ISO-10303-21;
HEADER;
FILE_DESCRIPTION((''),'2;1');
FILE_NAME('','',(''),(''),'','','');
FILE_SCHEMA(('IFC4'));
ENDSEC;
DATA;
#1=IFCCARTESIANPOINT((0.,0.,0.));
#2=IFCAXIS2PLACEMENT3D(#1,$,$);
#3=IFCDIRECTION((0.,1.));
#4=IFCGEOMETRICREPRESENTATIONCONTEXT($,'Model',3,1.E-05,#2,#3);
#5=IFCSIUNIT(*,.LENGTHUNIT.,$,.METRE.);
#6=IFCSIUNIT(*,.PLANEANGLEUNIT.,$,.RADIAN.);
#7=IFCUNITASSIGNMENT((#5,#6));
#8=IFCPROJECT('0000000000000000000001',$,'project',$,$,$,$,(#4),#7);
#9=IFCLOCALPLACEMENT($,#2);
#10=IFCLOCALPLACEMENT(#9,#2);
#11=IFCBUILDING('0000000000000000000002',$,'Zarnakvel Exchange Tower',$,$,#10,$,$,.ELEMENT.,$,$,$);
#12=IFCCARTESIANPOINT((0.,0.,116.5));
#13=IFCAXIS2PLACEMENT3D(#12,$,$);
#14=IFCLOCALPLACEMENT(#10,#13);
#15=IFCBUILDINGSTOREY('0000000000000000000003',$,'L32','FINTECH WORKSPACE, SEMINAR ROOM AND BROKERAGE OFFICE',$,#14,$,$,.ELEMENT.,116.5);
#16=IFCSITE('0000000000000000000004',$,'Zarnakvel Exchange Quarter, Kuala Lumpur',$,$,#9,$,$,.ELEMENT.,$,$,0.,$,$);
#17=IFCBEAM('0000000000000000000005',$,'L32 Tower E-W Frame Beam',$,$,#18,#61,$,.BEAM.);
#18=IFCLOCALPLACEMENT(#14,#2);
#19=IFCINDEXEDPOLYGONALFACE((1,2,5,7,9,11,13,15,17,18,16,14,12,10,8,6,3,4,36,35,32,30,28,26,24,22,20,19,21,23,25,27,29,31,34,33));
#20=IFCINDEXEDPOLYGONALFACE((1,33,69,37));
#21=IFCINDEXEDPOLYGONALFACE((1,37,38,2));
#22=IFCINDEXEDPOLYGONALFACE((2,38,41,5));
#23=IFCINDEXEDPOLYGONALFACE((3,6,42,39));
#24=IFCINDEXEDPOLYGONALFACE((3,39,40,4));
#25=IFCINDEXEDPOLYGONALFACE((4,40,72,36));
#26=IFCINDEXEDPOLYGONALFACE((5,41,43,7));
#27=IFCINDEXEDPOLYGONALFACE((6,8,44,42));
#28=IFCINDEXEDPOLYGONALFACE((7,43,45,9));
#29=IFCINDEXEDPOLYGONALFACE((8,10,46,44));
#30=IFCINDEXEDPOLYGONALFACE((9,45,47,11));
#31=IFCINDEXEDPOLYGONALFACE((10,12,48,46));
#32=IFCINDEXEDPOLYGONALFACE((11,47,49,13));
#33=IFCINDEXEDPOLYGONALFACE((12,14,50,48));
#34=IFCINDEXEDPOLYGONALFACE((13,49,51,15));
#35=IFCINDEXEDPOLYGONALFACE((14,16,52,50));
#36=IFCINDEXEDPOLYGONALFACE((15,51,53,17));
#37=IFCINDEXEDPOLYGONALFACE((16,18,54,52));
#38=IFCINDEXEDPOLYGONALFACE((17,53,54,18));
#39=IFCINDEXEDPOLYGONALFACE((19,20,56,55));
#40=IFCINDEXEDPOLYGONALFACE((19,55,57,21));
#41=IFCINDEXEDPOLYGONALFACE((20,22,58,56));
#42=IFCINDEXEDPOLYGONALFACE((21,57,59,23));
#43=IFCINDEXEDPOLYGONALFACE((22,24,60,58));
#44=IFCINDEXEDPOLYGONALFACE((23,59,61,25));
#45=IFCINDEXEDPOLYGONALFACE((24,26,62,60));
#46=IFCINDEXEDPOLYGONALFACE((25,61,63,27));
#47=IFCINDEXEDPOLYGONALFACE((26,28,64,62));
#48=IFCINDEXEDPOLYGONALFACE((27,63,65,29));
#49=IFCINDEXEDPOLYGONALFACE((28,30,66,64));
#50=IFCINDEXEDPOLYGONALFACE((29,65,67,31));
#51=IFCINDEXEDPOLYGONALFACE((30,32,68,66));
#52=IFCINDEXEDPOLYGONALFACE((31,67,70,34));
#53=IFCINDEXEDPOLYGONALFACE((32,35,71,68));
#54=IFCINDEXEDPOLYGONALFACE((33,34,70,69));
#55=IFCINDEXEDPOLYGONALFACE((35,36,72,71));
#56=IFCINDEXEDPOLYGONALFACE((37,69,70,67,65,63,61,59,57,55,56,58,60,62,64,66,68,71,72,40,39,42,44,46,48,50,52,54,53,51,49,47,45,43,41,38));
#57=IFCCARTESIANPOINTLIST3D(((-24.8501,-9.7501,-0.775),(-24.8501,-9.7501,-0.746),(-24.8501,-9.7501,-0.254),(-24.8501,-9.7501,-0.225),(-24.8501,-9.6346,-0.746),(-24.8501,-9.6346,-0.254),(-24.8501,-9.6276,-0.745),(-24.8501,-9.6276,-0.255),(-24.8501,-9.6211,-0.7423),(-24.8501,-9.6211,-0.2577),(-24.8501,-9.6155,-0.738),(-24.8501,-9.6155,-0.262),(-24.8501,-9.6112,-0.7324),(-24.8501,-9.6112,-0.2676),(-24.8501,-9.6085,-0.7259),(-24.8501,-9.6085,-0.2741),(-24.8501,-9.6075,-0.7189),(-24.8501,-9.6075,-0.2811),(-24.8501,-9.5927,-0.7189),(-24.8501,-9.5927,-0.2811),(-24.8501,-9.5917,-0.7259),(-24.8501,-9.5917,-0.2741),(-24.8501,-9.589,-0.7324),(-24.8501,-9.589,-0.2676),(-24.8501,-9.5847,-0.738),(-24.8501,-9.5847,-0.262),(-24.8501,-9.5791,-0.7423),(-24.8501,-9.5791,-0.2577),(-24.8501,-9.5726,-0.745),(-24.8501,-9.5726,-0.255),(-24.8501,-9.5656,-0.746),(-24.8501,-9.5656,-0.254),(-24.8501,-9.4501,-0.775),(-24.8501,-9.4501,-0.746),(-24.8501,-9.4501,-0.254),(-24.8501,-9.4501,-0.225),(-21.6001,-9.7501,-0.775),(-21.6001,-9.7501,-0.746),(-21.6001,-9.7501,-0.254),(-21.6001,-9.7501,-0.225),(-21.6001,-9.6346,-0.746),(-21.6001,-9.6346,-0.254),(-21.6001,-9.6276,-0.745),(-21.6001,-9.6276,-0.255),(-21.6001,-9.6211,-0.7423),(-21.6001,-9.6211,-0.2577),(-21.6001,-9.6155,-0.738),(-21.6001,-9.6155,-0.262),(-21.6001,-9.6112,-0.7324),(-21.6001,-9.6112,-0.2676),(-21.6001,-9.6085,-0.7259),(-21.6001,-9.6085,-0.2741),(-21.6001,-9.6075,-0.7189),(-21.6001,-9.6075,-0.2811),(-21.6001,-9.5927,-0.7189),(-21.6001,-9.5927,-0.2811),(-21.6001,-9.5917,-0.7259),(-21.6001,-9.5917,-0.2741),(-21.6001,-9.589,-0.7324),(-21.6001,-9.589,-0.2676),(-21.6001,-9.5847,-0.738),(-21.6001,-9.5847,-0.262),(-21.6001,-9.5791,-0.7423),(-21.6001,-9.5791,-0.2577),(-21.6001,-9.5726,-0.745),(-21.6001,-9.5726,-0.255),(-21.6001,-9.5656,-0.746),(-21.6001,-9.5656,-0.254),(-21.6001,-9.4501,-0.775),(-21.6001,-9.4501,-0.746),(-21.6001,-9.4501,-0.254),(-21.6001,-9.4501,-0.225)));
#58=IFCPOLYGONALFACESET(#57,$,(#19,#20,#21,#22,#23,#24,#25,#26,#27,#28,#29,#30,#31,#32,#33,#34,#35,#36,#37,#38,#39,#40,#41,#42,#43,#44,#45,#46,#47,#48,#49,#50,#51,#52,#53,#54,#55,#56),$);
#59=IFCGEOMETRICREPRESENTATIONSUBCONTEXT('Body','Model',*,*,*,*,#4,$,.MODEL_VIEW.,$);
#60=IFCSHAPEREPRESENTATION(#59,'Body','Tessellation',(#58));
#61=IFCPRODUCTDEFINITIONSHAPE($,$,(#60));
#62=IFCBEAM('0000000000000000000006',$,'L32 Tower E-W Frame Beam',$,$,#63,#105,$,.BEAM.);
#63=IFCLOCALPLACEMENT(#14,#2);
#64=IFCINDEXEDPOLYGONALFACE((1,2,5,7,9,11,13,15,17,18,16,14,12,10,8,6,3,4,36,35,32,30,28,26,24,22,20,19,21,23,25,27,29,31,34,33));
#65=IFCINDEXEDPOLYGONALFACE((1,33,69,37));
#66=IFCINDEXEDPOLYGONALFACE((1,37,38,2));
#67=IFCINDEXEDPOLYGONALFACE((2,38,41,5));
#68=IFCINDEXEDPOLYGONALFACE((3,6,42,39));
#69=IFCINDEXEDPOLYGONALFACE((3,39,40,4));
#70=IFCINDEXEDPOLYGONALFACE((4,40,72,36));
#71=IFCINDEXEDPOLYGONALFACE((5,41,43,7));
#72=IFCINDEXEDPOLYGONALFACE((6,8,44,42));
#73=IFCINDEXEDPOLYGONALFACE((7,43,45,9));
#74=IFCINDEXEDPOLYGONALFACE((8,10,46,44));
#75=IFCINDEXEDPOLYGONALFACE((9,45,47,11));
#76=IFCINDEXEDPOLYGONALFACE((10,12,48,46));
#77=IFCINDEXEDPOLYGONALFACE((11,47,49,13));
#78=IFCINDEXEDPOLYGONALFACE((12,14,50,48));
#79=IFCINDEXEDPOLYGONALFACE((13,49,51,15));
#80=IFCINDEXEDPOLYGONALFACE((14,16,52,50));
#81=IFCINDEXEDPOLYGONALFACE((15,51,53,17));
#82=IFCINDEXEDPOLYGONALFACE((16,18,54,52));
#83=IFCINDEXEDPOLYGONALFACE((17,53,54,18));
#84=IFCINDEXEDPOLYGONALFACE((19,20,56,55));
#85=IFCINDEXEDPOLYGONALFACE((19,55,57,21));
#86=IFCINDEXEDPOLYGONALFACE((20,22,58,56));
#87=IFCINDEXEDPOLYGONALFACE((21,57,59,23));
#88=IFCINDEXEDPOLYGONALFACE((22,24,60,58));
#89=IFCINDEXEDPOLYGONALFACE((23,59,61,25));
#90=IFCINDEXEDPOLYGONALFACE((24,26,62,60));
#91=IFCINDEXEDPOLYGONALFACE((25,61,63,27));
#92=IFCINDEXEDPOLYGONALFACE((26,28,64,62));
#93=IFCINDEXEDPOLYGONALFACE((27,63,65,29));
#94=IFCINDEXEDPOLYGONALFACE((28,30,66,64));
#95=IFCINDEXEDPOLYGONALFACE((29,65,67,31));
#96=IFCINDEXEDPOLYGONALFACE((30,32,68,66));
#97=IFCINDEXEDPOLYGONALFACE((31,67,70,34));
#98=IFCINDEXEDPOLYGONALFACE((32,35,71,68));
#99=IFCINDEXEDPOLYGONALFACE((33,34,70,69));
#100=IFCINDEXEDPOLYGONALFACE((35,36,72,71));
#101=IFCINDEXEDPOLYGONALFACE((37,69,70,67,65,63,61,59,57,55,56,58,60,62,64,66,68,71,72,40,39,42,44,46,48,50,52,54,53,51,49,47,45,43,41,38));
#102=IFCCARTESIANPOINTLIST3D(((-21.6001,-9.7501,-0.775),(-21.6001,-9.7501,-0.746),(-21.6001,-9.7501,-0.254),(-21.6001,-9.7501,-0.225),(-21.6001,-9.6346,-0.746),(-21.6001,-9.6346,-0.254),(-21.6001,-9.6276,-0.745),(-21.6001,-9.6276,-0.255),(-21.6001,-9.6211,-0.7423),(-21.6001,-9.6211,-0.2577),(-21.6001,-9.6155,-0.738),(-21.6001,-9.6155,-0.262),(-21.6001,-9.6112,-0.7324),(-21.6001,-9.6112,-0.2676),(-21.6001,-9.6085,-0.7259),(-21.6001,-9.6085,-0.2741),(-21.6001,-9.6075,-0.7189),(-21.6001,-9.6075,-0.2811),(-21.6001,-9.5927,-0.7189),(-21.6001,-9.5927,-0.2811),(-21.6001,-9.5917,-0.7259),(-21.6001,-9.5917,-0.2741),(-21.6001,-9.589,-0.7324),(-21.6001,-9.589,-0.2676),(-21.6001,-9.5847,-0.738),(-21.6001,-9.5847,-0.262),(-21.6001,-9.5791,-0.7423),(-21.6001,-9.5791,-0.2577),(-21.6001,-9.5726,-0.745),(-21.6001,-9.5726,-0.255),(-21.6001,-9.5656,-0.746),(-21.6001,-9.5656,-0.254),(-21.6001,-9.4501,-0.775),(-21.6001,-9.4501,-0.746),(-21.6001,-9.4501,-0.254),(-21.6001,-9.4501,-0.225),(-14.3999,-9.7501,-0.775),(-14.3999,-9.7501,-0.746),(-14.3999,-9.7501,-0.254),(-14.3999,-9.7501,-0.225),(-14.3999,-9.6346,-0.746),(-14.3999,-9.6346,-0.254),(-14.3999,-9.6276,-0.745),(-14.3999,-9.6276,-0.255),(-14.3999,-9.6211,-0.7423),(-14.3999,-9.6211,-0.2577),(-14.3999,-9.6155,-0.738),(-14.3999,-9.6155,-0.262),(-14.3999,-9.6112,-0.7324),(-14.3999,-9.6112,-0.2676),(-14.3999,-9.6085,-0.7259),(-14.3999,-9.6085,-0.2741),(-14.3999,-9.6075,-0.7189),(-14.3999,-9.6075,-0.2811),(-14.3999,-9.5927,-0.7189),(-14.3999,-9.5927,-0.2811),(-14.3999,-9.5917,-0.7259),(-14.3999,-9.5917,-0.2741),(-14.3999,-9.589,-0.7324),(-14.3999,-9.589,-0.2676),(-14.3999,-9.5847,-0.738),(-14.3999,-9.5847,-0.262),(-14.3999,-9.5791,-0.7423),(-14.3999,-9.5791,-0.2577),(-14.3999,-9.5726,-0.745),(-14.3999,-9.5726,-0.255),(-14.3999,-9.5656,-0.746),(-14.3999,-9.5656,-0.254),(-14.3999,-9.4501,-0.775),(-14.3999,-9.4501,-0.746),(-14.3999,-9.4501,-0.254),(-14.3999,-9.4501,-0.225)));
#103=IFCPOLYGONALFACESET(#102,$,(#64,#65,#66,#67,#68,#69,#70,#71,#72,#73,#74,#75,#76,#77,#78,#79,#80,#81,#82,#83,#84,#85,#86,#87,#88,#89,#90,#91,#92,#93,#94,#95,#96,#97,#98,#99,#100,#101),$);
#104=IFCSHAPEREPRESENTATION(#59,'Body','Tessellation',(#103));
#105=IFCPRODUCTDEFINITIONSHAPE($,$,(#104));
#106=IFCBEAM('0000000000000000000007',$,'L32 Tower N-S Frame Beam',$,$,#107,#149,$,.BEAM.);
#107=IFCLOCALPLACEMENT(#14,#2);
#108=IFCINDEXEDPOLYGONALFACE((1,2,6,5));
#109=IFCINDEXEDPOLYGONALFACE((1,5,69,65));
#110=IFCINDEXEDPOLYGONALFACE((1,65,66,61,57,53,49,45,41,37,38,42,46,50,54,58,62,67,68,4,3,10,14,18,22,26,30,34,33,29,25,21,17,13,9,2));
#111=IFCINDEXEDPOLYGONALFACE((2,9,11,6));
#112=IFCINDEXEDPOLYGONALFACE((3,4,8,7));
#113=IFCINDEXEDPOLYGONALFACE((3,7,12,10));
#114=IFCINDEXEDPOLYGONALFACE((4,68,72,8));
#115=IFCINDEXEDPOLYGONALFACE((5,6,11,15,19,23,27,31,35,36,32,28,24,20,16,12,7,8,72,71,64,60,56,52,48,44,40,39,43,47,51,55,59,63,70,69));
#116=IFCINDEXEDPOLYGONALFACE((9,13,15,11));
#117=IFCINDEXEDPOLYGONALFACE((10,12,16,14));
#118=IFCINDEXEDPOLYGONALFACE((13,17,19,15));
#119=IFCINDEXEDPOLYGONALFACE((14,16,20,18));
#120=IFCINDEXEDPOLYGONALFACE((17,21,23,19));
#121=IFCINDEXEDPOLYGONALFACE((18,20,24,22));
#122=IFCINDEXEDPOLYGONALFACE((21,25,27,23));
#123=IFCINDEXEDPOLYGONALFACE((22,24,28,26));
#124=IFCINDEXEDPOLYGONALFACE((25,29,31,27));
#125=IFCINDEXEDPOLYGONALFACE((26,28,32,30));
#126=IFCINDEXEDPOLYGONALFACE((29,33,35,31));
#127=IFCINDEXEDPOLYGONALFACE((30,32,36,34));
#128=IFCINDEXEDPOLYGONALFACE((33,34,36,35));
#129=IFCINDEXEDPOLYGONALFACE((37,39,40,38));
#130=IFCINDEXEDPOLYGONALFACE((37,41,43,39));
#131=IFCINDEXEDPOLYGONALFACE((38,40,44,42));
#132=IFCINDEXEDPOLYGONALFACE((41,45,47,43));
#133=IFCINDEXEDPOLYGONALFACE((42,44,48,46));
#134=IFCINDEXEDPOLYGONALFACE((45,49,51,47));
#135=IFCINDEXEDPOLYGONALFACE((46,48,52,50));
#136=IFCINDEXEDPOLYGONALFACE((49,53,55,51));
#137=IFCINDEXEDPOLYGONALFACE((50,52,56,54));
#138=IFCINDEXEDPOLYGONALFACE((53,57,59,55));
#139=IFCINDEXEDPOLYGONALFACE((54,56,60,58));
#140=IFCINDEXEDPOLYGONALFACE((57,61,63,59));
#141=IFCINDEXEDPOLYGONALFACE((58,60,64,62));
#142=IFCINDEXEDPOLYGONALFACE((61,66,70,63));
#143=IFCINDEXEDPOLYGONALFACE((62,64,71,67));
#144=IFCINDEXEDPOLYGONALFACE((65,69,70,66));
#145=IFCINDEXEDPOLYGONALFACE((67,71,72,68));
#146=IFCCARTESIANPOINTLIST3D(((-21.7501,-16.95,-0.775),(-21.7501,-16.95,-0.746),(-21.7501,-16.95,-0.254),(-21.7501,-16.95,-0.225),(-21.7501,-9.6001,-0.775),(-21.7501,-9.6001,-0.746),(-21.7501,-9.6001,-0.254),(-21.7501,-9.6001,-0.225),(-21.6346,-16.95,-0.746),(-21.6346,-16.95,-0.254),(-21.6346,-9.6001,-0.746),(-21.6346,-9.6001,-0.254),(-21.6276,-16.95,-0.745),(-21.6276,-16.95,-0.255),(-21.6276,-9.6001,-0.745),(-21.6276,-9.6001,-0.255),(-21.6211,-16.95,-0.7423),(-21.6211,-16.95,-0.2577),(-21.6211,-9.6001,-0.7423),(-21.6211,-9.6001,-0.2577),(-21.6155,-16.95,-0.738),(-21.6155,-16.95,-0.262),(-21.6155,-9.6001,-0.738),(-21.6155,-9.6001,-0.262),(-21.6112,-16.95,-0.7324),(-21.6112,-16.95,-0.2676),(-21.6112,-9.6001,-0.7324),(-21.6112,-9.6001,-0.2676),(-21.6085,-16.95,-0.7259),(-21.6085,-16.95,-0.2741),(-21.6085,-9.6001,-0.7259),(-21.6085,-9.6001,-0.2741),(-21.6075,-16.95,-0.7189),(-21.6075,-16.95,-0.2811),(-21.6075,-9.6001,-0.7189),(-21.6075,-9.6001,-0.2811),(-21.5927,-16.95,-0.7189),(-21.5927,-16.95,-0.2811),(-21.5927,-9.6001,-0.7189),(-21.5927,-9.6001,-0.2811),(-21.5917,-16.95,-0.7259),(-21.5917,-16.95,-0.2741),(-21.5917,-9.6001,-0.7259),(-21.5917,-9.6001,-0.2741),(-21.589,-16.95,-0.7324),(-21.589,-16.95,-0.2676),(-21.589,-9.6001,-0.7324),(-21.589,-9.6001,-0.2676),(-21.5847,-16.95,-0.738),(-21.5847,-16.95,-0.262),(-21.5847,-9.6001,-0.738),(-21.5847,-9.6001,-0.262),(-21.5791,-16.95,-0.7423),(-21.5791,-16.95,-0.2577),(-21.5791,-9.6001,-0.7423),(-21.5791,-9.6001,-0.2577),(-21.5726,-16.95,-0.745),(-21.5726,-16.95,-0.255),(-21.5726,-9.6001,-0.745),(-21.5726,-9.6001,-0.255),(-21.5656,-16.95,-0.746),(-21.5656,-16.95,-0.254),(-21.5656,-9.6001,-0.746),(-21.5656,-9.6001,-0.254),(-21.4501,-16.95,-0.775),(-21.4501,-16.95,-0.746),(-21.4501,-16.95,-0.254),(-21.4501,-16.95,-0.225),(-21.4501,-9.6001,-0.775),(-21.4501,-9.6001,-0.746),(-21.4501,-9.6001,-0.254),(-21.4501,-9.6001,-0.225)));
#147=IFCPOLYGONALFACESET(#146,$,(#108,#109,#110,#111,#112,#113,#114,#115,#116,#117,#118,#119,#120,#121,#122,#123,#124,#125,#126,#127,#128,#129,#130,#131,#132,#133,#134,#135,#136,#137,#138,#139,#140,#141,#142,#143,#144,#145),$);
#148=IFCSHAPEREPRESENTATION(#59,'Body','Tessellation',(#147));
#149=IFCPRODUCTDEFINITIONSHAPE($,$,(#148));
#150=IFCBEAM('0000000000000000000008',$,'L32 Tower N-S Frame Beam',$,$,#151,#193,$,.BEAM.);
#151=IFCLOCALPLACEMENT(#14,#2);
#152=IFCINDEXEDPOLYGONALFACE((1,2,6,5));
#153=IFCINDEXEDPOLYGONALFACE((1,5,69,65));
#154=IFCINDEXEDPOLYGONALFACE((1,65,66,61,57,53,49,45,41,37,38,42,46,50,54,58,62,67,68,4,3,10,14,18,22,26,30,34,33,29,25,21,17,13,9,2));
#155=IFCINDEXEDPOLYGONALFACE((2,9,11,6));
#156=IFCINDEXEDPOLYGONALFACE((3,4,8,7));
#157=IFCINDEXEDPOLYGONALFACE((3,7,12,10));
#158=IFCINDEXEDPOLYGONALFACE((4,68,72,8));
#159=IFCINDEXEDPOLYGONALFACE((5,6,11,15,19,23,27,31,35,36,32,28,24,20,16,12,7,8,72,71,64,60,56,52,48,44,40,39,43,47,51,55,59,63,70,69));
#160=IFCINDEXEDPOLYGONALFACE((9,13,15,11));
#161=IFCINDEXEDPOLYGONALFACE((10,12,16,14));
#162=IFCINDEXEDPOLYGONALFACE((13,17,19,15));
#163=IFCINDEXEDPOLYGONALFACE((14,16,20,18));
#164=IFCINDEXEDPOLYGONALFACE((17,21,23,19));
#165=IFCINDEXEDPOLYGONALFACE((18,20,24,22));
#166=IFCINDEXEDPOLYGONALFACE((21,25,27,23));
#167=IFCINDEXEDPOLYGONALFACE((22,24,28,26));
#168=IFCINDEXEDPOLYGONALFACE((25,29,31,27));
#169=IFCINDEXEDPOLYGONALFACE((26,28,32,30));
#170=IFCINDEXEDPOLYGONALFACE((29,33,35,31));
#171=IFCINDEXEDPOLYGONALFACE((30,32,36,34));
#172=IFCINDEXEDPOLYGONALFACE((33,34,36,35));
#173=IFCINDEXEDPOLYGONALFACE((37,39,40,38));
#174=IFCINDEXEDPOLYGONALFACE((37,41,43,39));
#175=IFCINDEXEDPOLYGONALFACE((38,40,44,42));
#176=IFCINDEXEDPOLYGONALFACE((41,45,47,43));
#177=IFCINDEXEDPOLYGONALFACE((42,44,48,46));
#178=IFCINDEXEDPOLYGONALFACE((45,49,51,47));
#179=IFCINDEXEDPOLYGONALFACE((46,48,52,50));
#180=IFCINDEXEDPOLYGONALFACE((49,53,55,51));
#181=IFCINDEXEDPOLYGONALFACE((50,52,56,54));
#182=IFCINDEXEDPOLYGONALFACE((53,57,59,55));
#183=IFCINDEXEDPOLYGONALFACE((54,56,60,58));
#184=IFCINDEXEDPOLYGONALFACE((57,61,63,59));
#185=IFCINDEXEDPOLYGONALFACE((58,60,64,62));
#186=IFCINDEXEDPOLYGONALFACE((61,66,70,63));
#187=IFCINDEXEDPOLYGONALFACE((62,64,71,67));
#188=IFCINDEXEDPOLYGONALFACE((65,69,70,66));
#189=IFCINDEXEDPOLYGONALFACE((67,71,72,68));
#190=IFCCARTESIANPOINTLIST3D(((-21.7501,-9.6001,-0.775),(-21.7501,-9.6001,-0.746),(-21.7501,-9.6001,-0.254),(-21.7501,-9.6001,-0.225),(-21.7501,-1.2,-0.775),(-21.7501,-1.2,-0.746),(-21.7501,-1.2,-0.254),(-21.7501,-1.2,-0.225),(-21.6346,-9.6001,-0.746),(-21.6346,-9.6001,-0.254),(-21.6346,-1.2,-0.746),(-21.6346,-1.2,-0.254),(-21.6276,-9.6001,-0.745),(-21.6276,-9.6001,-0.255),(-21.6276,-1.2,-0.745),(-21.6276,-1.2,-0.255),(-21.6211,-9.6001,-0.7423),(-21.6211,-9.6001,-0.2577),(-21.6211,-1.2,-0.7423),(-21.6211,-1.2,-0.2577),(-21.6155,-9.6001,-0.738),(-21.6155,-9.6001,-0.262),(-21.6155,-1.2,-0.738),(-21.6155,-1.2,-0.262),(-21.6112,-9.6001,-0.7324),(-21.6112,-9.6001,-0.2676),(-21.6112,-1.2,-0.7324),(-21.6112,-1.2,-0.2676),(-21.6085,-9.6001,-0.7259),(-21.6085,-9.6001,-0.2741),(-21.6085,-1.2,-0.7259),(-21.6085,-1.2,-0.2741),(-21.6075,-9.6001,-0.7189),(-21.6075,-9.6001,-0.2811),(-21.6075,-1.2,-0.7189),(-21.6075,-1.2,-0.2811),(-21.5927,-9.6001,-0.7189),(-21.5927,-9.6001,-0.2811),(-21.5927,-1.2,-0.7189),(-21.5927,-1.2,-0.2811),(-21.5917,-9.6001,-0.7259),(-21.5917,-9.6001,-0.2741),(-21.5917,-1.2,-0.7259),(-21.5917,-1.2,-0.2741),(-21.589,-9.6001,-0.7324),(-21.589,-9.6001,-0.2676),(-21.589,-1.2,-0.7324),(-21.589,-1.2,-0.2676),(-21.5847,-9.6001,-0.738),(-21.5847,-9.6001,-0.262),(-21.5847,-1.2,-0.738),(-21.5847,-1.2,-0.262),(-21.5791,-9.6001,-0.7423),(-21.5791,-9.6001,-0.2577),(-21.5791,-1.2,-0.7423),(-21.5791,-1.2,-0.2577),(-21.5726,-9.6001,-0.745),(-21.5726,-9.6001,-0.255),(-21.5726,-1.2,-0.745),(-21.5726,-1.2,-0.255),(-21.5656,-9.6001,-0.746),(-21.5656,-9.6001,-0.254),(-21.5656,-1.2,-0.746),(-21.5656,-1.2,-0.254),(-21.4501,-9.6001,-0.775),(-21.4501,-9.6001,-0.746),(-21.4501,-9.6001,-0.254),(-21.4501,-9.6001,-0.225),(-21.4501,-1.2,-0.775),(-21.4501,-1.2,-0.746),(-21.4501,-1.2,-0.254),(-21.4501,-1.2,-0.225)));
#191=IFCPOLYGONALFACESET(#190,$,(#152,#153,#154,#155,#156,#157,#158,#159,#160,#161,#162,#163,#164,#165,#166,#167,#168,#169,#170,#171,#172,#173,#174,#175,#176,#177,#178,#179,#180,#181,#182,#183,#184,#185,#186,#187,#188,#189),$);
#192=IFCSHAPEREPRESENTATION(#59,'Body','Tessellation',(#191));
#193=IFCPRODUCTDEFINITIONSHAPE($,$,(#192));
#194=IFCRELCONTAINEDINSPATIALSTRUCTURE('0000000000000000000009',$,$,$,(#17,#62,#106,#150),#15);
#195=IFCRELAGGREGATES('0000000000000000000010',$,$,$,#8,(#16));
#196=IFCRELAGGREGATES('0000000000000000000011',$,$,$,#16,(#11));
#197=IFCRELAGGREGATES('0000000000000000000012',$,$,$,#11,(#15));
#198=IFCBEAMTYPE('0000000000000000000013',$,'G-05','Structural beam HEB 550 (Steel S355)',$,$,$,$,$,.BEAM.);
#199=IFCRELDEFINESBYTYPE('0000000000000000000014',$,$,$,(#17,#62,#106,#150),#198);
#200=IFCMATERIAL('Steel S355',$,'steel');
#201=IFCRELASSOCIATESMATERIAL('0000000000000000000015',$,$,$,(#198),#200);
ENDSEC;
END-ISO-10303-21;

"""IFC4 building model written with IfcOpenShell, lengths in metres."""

from ifc_helpers import new_model, si_unit, direction, frame, origin, origin_2d, place, context, subcontext, project, spatial, i_section, extrude, material, material_profile, profile_set, type_object, element, save


model = new_model("IFC4")

# Units and contexts
model_context = context("Model", 3, precision=1e-05, world=origin(), true_north=direction((0.0, 1.0)))
body_context = subcontext(model_context, "Body", "Model", "MODEL_VIEW")
ifc_project = project(units=[si_unit("LENGTHUNIT", "METRE"), si_unit("PLANEANGLEUNIT", "RADIAN")], contexts=[model_context])

# Site, building, storey
site_placement = place(None, origin())
site = spatial("IfcSite", under=ifc_project, at=site_placement, Name="Zarnakvel Exchange Quarter, Kuala Lumpur", CompositionType="ELEMENT", RefElevation=0.0)
building_placement = place(site_placement, origin())
building = spatial("IfcBuilding", under=site, at=building_placement, Name="Zarnakvel Exchange Tower", CompositionType="ELEMENT")
storey_placement = place(building_placement, frame((0.0, 0.0, 116.5)))
storey = spatial("IfcBuildingStorey", under=building, at=storey_placement, Name="L32", Description="FINTECH WORKSPACE, SEMINAR ROOM AND BROKERAGE OFFICE", CompositionType="ELEMENT", Elevation=116.5)

# Shared definitions
ifc_material_1 = material(Name="Steel S355", Category="steel")

# Beams
ifc_material_profile_1 = material_profile(ifc_material_1, i_section(OverallWidth=0.3, OverallDepth=0.55, WebThickness=0.0149, FlangeThickness=0.0291, FilletRadius=0.0271, at=origin_2d()))
ifc_profile_set_1 = profile_set([ifc_material_profile_1], Name="Steel S355")
beam_type_1 = type_object("IfcBeamType", Name="G-05", Description="Structural beam HEB 550 (Steel S355)", PredefinedType="BEAM", material=ifc_profile_set_1)
beam_1_placement = place(storey_placement, frame((-24.8501, -9.6001, -0.5), z_axis=(1.0, 0.0, 0.0), x_axis=(0.0, 1.0, 0.0)))
element("IfcBeam", 1, at=beam_1_placement, inside=storey, type_object=beam_type_1, Name="L32 Tower E-W Frame Beam", PredefinedType="BEAM", context=body_context, shape_type="SweptSolid", body=[
    extrude(i_section(OverallWidth=0.3, OverallDepth=0.55, WebThickness=0.0149, FlangeThickness=0.0291, FilletRadius=0.0271, at=origin_2d()), origin(), (0.0, 0.0, 1.0), 3.25),
])
beam_2_placement = place(storey_placement, frame((-21.6001, -9.6001, -0.5), z_axis=(1.0, 0.0, 0.0), x_axis=(0.0, 1.0, 0.0)))
element("IfcBeam", 2, at=beam_2_placement, inside=storey, type_object=beam_type_1, Name="L32 Tower E-W Frame Beam", PredefinedType="BEAM", context=body_context, shape_type="SweptSolid", body=[
    extrude(i_section(OverallWidth=0.3, OverallDepth=0.55, WebThickness=0.0149, FlangeThickness=0.0291, FilletRadius=0.0271, at=origin_2d()), origin(), (0.0, 0.0, 1.0), 7.2002),
])
beam_3_placement = place(storey_placement, frame((-21.6001, -16.95, -0.5), z_axis=(0.0, 1.0, 0.0), x_axis=(-1.0, 0.0, 0.0)))
element("IfcBeam", 3, at=beam_3_placement, inside=storey, type_object=beam_type_1, Name="L32 Tower N-S Frame Beam", PredefinedType="BEAM", context=body_context, shape_type="SweptSolid", body=[
    extrude(i_section(OverallWidth=0.3, OverallDepth=0.55, WebThickness=0.0149, FlangeThickness=0.0291, FilletRadius=0.0271, at=origin_2d()), origin(), (0.0, 0.0, 1.0), 7.3499),
])
beam_4_placement = place(storey_placement, frame((-21.6001, -9.6001, -0.5), z_axis=(0.0, 1.0, 0.0), x_axis=(-1.0, 0.0, 0.0)))
element("IfcBeam", 4, at=beam_4_placement, inside=storey, type_object=beam_type_1, Name="L32 Tower N-S Frame Beam", PredefinedType="BEAM", context=body_context, shape_type="SweptSolid", body=[
    extrude(i_section(OverallWidth=0.3, OverallDepth=0.55, WebThickness=0.0149, FlangeThickness=0.0291, FilletRadius=0.0271, at=origin_2d()), origin(), (0.0, 0.0, 1.0), 8.4001),
])

save(model, "model.ifc")
